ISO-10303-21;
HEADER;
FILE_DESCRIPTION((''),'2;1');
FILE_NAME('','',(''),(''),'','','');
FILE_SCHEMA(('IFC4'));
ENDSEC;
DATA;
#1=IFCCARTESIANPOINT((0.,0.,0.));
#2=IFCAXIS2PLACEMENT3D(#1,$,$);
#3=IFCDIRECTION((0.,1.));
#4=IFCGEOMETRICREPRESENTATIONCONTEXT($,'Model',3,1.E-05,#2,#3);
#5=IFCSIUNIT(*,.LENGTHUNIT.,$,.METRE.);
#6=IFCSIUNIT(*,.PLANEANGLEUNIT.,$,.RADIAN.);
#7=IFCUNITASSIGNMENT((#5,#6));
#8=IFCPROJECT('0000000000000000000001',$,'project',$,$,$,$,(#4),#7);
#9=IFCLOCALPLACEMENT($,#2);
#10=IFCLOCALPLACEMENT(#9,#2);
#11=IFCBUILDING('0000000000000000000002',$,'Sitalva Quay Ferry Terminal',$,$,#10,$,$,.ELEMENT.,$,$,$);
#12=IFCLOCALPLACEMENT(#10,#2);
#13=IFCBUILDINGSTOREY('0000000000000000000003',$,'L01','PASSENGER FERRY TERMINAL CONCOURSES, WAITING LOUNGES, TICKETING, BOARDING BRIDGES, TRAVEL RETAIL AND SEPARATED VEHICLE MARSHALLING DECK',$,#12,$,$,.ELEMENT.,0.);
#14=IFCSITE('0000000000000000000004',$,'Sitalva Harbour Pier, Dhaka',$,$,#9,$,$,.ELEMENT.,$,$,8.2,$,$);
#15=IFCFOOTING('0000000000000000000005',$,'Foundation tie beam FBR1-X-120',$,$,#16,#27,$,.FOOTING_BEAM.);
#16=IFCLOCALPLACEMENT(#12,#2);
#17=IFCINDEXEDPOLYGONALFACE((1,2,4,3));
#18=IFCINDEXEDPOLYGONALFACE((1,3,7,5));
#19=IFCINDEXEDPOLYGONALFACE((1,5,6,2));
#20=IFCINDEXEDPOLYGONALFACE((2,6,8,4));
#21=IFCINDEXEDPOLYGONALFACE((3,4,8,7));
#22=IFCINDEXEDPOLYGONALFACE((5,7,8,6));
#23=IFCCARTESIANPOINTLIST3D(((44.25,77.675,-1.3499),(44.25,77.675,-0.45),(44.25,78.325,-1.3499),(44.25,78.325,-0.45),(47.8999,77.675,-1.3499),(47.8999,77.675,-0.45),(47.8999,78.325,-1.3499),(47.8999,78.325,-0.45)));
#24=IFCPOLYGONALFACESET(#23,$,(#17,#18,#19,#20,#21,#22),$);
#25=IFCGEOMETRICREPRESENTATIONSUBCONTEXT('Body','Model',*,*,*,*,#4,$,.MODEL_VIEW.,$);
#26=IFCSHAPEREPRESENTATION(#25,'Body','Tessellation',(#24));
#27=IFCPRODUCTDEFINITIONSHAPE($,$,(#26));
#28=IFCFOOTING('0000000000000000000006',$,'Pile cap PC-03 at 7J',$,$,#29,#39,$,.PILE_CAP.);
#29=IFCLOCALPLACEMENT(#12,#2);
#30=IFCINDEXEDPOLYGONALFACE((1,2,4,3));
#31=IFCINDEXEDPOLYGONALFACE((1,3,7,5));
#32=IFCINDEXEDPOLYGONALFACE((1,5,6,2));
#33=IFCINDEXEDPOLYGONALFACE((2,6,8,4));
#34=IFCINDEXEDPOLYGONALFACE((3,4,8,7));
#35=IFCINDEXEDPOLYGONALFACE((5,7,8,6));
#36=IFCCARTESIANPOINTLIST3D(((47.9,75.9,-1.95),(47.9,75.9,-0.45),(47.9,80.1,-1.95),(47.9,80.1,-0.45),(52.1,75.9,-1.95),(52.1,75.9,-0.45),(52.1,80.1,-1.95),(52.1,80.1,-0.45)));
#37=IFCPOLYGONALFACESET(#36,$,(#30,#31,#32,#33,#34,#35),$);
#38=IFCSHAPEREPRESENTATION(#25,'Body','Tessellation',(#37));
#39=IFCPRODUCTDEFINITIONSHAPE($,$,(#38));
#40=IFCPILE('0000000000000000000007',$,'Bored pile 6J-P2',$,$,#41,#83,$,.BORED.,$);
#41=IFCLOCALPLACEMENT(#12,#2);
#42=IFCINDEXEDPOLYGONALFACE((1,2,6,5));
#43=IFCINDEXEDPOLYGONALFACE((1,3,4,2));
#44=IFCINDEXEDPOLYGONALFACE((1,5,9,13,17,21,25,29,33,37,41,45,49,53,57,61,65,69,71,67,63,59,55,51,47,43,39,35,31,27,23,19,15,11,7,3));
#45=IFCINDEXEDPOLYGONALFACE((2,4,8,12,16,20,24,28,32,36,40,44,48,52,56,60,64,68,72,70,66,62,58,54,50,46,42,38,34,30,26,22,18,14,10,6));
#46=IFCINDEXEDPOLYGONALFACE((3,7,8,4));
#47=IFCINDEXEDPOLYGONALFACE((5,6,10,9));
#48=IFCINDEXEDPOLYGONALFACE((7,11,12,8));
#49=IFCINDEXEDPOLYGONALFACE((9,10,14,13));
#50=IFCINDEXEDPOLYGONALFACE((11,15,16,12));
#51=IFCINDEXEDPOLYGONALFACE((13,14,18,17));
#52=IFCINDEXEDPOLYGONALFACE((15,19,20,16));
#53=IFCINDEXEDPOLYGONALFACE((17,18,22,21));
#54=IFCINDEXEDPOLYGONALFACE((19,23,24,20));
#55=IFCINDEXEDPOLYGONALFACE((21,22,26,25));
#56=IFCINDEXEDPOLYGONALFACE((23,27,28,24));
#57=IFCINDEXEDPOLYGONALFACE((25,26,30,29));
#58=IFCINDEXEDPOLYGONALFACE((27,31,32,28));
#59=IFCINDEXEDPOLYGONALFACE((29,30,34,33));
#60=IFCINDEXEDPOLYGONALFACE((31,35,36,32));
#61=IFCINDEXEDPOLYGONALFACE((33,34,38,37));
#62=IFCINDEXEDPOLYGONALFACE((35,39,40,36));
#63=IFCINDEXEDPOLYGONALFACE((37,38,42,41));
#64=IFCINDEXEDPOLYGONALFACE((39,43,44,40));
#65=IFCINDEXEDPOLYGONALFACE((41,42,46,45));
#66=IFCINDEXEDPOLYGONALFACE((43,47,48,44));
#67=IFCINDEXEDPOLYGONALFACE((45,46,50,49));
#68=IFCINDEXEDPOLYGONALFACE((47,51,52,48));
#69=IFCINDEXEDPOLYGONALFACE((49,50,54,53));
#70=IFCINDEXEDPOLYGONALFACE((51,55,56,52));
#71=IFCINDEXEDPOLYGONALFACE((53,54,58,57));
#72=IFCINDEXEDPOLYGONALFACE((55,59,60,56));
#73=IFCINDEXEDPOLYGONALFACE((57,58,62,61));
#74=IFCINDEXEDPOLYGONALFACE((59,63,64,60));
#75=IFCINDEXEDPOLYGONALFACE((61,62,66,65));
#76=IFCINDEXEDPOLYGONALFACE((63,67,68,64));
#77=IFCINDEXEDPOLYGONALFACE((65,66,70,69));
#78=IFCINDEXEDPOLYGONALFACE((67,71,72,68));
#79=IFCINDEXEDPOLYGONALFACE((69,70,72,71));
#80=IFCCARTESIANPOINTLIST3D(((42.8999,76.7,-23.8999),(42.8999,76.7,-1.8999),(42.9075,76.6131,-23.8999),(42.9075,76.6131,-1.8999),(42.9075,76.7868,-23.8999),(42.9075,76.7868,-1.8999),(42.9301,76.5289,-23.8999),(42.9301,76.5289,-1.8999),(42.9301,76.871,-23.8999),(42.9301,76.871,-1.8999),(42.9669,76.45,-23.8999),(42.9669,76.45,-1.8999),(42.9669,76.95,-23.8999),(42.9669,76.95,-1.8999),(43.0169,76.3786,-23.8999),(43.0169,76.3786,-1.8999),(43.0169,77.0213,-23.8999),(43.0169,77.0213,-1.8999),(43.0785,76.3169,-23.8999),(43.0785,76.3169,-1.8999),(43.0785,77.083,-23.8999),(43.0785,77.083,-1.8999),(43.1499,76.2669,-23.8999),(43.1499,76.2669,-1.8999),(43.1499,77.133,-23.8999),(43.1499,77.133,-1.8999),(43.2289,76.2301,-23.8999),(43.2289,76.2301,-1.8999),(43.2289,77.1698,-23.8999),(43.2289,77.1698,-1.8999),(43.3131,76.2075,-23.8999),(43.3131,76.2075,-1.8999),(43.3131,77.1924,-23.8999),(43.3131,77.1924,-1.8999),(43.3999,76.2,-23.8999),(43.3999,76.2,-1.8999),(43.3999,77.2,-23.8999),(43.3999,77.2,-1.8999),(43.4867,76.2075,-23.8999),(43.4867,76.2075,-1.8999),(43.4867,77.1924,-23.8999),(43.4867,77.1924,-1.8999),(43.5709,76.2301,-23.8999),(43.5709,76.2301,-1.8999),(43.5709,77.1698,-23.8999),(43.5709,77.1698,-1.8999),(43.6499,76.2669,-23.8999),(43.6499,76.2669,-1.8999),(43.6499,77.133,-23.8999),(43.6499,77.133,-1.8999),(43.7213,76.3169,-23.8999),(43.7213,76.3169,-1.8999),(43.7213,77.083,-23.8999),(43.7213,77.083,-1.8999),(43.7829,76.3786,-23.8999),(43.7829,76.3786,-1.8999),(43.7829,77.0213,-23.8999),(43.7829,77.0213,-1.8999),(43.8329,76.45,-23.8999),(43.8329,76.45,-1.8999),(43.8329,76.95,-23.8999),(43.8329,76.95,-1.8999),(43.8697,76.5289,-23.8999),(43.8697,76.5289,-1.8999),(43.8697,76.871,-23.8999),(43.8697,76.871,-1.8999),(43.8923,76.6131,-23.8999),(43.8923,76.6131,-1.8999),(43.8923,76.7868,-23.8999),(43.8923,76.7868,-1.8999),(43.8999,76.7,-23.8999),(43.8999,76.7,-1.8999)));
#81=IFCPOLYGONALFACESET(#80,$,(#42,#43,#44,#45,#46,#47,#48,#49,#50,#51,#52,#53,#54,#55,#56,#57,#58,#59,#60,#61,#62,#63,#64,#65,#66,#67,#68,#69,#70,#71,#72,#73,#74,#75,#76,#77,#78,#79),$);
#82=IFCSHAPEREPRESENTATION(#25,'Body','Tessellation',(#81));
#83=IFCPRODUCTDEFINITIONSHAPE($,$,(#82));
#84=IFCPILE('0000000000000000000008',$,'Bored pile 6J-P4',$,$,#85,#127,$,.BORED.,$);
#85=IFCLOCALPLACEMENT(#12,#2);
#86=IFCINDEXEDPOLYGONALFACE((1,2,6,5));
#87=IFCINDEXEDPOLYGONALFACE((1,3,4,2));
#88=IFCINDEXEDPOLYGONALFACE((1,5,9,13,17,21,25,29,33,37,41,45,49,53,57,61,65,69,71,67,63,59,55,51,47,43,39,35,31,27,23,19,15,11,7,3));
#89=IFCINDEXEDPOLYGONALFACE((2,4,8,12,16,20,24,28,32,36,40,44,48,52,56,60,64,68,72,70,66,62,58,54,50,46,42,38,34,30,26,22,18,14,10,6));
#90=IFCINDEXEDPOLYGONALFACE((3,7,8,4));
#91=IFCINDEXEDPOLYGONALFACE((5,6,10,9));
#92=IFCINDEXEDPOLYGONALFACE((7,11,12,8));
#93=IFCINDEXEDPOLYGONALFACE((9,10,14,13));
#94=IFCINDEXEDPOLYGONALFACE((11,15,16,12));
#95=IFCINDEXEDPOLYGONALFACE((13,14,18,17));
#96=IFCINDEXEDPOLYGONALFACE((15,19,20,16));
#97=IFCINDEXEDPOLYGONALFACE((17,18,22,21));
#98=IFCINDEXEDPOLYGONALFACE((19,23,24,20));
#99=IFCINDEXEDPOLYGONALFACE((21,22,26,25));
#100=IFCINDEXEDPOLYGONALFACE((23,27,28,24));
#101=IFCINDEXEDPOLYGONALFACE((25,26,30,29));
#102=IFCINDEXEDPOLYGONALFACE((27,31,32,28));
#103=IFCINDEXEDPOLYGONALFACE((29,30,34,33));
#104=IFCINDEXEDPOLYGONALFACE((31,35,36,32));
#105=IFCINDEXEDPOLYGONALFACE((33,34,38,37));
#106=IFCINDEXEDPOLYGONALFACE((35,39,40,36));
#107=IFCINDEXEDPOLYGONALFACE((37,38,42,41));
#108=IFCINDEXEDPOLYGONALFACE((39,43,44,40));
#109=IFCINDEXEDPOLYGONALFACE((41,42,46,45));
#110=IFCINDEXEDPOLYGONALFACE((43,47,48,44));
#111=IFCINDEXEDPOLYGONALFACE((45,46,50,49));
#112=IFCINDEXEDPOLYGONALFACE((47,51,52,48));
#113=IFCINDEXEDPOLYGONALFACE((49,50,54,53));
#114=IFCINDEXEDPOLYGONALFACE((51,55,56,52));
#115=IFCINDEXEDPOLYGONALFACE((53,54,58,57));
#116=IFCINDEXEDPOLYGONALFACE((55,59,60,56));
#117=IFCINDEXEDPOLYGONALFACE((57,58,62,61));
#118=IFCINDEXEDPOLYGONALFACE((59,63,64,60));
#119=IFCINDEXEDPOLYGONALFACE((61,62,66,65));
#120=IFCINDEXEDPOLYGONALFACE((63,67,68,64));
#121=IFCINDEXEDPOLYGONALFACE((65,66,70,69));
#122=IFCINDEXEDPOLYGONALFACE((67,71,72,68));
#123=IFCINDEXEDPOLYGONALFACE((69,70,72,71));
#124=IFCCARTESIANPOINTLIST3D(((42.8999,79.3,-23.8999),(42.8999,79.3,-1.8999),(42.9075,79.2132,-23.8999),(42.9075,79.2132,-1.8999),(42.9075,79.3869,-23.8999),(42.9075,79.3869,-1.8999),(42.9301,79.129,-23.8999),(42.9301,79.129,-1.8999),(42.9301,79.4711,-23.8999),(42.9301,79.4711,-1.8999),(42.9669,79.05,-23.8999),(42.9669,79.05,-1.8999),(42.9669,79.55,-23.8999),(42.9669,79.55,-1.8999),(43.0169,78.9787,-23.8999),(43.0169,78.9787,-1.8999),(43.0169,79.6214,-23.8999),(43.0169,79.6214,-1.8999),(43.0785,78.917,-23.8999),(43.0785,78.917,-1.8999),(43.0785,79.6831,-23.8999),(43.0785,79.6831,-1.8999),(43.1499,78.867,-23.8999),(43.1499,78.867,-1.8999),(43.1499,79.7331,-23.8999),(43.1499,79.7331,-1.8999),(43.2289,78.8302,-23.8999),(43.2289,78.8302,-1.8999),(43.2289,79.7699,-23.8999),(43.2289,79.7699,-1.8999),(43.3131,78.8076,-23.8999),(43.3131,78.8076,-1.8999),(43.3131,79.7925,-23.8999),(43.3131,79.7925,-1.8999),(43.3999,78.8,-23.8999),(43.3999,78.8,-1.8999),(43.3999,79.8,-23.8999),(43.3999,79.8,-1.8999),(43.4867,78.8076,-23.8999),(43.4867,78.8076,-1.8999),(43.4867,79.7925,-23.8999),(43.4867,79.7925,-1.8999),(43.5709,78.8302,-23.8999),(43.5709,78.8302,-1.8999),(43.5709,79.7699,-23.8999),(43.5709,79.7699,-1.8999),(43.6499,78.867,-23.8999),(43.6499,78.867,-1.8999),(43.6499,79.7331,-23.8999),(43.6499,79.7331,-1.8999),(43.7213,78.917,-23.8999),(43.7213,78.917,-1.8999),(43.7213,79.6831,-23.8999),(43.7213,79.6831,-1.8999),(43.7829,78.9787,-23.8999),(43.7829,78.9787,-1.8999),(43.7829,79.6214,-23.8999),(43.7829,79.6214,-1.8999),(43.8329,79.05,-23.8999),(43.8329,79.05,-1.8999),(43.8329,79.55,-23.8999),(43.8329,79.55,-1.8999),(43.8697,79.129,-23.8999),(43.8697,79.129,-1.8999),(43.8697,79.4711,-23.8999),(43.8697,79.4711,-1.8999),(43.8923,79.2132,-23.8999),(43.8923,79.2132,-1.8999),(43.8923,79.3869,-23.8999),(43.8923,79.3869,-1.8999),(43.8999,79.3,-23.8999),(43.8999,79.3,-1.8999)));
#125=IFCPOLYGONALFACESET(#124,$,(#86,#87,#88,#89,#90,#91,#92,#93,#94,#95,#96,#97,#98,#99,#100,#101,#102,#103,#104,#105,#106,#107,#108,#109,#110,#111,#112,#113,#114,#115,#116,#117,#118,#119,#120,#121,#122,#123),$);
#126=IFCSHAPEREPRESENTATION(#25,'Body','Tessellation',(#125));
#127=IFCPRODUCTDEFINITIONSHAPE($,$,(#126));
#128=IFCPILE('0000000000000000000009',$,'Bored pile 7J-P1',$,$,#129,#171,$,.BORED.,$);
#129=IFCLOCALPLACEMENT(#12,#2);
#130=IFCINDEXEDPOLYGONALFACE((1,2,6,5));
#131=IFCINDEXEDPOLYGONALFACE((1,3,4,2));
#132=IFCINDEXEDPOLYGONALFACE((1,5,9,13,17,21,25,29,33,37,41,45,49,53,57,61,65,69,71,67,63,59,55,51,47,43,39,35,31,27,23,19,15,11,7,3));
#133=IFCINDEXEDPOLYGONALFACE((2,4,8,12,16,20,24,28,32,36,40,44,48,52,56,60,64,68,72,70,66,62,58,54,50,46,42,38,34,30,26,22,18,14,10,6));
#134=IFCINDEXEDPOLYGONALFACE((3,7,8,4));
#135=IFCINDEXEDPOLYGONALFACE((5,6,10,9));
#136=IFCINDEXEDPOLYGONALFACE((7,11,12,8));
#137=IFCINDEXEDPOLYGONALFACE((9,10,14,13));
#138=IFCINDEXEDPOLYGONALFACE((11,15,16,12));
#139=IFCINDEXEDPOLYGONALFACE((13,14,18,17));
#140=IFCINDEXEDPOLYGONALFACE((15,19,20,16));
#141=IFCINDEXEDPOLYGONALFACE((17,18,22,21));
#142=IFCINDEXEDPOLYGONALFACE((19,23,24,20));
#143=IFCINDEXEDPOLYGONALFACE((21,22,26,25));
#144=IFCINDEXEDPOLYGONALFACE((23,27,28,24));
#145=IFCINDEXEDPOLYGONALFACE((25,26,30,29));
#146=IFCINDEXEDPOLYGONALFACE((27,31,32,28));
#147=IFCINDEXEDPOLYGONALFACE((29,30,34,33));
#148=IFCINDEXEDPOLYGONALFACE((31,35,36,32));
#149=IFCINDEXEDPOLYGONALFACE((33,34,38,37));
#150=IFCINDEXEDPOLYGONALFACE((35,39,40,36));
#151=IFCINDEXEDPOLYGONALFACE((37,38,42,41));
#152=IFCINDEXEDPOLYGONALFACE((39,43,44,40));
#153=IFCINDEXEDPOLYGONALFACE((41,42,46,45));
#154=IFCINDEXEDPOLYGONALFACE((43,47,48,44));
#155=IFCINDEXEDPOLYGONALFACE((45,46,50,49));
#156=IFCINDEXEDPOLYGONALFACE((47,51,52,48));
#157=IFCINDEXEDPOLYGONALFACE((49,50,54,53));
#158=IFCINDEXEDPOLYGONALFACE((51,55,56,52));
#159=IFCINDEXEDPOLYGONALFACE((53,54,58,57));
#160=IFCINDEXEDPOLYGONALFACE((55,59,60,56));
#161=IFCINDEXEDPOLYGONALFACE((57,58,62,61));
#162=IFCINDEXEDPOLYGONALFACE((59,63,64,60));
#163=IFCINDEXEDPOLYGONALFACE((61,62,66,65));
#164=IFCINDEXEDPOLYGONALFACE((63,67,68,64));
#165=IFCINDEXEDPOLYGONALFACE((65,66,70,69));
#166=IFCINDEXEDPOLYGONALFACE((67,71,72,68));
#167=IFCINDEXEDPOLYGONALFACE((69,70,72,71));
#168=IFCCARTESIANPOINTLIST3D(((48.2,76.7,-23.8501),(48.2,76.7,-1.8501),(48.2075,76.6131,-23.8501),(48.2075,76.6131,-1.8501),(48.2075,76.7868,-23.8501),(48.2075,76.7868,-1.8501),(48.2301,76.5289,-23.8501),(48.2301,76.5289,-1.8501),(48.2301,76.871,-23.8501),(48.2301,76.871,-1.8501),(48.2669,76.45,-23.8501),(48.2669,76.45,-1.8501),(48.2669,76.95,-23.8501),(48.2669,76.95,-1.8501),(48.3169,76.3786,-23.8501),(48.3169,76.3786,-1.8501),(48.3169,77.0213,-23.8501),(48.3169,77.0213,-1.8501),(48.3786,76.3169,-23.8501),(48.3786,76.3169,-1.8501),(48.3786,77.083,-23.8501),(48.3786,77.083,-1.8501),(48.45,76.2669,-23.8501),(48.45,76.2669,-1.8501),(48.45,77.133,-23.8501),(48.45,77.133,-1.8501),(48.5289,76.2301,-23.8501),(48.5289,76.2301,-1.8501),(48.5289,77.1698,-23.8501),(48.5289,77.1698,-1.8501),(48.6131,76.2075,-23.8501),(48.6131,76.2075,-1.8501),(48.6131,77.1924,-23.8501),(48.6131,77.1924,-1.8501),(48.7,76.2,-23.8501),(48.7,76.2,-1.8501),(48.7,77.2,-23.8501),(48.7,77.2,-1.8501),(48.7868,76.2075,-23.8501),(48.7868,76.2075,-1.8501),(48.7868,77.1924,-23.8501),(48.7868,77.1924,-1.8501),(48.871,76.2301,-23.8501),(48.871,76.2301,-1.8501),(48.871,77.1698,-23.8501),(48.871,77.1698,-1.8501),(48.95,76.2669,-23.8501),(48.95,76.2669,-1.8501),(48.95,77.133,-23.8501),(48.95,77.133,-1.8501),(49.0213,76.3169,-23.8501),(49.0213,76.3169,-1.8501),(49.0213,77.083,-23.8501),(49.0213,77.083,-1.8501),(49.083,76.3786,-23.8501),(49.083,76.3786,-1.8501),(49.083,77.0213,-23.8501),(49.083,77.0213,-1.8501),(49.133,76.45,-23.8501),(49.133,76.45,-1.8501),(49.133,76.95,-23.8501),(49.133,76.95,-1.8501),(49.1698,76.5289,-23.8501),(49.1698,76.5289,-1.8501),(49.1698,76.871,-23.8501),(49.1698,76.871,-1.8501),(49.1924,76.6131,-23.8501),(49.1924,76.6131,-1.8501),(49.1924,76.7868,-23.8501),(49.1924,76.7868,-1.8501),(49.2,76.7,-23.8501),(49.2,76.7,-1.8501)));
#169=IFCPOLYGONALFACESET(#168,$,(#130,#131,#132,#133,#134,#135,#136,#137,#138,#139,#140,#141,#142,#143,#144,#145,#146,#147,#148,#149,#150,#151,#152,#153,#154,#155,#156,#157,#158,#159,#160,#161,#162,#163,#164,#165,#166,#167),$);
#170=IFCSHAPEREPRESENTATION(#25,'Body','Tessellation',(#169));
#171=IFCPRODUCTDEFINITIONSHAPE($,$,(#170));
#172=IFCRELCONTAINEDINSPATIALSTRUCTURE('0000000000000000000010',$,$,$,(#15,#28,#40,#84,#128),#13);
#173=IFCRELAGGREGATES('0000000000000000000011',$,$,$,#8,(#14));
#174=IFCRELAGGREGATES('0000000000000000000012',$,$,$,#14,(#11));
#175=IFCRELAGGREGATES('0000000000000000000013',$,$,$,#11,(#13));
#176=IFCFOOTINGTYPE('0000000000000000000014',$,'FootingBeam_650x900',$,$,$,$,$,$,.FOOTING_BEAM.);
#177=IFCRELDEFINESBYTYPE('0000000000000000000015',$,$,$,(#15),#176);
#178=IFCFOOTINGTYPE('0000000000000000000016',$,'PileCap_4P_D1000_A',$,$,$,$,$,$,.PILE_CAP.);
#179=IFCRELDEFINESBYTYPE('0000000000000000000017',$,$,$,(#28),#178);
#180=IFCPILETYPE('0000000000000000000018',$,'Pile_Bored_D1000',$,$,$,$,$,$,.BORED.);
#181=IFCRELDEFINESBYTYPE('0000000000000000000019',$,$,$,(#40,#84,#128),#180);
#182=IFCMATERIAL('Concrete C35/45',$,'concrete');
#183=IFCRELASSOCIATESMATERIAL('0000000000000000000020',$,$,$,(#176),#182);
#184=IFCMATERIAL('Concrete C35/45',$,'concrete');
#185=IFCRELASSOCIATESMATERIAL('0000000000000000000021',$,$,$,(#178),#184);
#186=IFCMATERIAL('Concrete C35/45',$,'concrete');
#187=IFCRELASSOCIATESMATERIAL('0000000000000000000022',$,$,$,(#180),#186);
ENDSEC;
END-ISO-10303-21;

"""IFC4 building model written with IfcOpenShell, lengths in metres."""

from ifc_helpers import new_model, si_unit, direction, frame, origin, origin_2d, place, context, subcontext, project, spatial, rectangle, circle, extrude, material, material_profile, profile_set, type_object, element, save


model = new_model("IFC4")

# Units and contexts
model_context = context("Model", 3, precision=1e-05, world=origin(), true_north=direction((0.0, 1.0)))
body_context = subcontext(model_context, "Body", "Model", "MODEL_VIEW")
ifc_project = project(units=[si_unit("LENGTHUNIT", "METRE"), si_unit("PLANEANGLEUNIT", "RADIAN")], contexts=[model_context])

# Site, building, storey
site_placement = place(None, origin())
site = spatial("IfcSite", under=ifc_project, at=site_placement, Name="Sitalva Harbour Pier, Dhaka", CompositionType="ELEMENT", RefElevation=8.2)
building_placement = place(site_placement, origin())
building = spatial("IfcBuilding", under=site, at=building_placement, Name="Sitalva Quay Ferry Terminal", CompositionType="ELEMENT")
storey_placement = place(building_placement, origin())
storey = spatial("IfcBuildingStorey", under=building, at=storey_placement, Name="L01", Description="PASSENGER FERRY TERMINAL CONCOURSES, WAITING LOUNGES, TICKETING, BOARDING BRIDGES, TRAVEL RETAIL AND SEPARATED VEHICLE MARSHALLING DECK", CompositionType="ELEMENT", Elevation=0.0)

# Footings
ifc_material_1 = material(Name="Concrete C35/45", Category="concrete")
ifc_material_profile_1 = material_profile(ifc_material_1, rectangle(XDim=0.6499, YDim=0.8999, at=origin_2d()), Name="RC650x900")
ifc_profile_set_1 = profile_set([ifc_material_profile_1], Name="Concrete C35/45")
footing_type_1 = type_object("IfcFootingType", Name="FootingBeam_650x900", PredefinedType="FOOTING_BEAM", material=ifc_profile_set_1)
footing_1_placement = place(storey_placement, frame((44.25, 78.0, -0.8999), z_axis=(1.0, 0.0, 0.0), x_axis=(0.0, 1.0, 0.0)))
element("IfcFooting", 1, at=footing_1_placement, inside=storey, type_object=footing_type_1, Name="Foundation tie beam FBR1-X-120", PredefinedType="FOOTING_BEAM", context=body_context, shape_type="SweptSolid", body=[
    extrude(rectangle(XDim=0.6499, YDim=0.8999, at=origin_2d()), origin(), (0.0, 0.0, 1.0), 3.6499),
])
ifc_material_2 = material(Name="Concrete C35/45", Category="concrete")
footing_type_2 = type_object("IfcFootingType", Name="PileCap_4P_D1000_A", PredefinedType="PILE_CAP", material=ifc_material_2)
footing_2_placement = place(storey_placement, frame((50.0, 78.0, -1.95), z_axis=(0.0, 0.0, 1.0), x_axis=(1.0, 0.0, 0.0)))
element("IfcFooting", 2, at=footing_2_placement, inside=storey, type_object=footing_type_2, Name="Pile cap PC-03 at 7J", PredefinedType="PILE_CAP", context=body_context, shape_type="SweptSolid", body=[
    extrude(rectangle(XDim=4.2, YDim=4.2, at=origin_2d()), origin(), (0.0, 0.0, 1.0), 1.5),
])

# Piles
ifc_material_3 = material(Name="Concrete C35/45", Category="concrete")
ifc_material_profile_2 = material_profile(ifc_material_3, circle(Radius=0.5, at=origin_2d()), Name="PILE-D1000")
ifc_profile_set_2 = profile_set([ifc_material_profile_2], Name="Concrete C35/45")
pile_type = type_object("IfcPileType", Name="Pile_Bored_D1000", PredefinedType="BORED", material=ifc_profile_set_2)
for number, where, z_axis, x_axis, name in (
    (3, (43.3999, 76.7, -1.8999), (0.0, 0.0, -1.0), (1.0, 0.0, 0.0), "Bored pile 6J-P2"),
    (4, (43.3999, 79.3, -1.8999), (0.0, 0.0, -1.0), (1.0, 0.0, 0.0), "Bored pile 6J-P4"),
    (5, (48.7, 76.7, -1.8501), (0.0, 0.0, -1.0), (1.0, 0.0, 0.0), "Bored pile 7J-P1"),
):
    element("IfcPile", number, at=place(storey_placement, frame(where, z_axis=z_axis, x_axis=x_axis)), inside=storey, type_object=pile_type, Name=name, PredefinedType="BORED", context=body_context, shape_type="SweptSolid", body=[
        extrude(circle(Radius=0.5, at=origin_2d()), origin(), (0.0, 0.0, 1.0), 22.0),
    ])

save(model, "model.ifc")
